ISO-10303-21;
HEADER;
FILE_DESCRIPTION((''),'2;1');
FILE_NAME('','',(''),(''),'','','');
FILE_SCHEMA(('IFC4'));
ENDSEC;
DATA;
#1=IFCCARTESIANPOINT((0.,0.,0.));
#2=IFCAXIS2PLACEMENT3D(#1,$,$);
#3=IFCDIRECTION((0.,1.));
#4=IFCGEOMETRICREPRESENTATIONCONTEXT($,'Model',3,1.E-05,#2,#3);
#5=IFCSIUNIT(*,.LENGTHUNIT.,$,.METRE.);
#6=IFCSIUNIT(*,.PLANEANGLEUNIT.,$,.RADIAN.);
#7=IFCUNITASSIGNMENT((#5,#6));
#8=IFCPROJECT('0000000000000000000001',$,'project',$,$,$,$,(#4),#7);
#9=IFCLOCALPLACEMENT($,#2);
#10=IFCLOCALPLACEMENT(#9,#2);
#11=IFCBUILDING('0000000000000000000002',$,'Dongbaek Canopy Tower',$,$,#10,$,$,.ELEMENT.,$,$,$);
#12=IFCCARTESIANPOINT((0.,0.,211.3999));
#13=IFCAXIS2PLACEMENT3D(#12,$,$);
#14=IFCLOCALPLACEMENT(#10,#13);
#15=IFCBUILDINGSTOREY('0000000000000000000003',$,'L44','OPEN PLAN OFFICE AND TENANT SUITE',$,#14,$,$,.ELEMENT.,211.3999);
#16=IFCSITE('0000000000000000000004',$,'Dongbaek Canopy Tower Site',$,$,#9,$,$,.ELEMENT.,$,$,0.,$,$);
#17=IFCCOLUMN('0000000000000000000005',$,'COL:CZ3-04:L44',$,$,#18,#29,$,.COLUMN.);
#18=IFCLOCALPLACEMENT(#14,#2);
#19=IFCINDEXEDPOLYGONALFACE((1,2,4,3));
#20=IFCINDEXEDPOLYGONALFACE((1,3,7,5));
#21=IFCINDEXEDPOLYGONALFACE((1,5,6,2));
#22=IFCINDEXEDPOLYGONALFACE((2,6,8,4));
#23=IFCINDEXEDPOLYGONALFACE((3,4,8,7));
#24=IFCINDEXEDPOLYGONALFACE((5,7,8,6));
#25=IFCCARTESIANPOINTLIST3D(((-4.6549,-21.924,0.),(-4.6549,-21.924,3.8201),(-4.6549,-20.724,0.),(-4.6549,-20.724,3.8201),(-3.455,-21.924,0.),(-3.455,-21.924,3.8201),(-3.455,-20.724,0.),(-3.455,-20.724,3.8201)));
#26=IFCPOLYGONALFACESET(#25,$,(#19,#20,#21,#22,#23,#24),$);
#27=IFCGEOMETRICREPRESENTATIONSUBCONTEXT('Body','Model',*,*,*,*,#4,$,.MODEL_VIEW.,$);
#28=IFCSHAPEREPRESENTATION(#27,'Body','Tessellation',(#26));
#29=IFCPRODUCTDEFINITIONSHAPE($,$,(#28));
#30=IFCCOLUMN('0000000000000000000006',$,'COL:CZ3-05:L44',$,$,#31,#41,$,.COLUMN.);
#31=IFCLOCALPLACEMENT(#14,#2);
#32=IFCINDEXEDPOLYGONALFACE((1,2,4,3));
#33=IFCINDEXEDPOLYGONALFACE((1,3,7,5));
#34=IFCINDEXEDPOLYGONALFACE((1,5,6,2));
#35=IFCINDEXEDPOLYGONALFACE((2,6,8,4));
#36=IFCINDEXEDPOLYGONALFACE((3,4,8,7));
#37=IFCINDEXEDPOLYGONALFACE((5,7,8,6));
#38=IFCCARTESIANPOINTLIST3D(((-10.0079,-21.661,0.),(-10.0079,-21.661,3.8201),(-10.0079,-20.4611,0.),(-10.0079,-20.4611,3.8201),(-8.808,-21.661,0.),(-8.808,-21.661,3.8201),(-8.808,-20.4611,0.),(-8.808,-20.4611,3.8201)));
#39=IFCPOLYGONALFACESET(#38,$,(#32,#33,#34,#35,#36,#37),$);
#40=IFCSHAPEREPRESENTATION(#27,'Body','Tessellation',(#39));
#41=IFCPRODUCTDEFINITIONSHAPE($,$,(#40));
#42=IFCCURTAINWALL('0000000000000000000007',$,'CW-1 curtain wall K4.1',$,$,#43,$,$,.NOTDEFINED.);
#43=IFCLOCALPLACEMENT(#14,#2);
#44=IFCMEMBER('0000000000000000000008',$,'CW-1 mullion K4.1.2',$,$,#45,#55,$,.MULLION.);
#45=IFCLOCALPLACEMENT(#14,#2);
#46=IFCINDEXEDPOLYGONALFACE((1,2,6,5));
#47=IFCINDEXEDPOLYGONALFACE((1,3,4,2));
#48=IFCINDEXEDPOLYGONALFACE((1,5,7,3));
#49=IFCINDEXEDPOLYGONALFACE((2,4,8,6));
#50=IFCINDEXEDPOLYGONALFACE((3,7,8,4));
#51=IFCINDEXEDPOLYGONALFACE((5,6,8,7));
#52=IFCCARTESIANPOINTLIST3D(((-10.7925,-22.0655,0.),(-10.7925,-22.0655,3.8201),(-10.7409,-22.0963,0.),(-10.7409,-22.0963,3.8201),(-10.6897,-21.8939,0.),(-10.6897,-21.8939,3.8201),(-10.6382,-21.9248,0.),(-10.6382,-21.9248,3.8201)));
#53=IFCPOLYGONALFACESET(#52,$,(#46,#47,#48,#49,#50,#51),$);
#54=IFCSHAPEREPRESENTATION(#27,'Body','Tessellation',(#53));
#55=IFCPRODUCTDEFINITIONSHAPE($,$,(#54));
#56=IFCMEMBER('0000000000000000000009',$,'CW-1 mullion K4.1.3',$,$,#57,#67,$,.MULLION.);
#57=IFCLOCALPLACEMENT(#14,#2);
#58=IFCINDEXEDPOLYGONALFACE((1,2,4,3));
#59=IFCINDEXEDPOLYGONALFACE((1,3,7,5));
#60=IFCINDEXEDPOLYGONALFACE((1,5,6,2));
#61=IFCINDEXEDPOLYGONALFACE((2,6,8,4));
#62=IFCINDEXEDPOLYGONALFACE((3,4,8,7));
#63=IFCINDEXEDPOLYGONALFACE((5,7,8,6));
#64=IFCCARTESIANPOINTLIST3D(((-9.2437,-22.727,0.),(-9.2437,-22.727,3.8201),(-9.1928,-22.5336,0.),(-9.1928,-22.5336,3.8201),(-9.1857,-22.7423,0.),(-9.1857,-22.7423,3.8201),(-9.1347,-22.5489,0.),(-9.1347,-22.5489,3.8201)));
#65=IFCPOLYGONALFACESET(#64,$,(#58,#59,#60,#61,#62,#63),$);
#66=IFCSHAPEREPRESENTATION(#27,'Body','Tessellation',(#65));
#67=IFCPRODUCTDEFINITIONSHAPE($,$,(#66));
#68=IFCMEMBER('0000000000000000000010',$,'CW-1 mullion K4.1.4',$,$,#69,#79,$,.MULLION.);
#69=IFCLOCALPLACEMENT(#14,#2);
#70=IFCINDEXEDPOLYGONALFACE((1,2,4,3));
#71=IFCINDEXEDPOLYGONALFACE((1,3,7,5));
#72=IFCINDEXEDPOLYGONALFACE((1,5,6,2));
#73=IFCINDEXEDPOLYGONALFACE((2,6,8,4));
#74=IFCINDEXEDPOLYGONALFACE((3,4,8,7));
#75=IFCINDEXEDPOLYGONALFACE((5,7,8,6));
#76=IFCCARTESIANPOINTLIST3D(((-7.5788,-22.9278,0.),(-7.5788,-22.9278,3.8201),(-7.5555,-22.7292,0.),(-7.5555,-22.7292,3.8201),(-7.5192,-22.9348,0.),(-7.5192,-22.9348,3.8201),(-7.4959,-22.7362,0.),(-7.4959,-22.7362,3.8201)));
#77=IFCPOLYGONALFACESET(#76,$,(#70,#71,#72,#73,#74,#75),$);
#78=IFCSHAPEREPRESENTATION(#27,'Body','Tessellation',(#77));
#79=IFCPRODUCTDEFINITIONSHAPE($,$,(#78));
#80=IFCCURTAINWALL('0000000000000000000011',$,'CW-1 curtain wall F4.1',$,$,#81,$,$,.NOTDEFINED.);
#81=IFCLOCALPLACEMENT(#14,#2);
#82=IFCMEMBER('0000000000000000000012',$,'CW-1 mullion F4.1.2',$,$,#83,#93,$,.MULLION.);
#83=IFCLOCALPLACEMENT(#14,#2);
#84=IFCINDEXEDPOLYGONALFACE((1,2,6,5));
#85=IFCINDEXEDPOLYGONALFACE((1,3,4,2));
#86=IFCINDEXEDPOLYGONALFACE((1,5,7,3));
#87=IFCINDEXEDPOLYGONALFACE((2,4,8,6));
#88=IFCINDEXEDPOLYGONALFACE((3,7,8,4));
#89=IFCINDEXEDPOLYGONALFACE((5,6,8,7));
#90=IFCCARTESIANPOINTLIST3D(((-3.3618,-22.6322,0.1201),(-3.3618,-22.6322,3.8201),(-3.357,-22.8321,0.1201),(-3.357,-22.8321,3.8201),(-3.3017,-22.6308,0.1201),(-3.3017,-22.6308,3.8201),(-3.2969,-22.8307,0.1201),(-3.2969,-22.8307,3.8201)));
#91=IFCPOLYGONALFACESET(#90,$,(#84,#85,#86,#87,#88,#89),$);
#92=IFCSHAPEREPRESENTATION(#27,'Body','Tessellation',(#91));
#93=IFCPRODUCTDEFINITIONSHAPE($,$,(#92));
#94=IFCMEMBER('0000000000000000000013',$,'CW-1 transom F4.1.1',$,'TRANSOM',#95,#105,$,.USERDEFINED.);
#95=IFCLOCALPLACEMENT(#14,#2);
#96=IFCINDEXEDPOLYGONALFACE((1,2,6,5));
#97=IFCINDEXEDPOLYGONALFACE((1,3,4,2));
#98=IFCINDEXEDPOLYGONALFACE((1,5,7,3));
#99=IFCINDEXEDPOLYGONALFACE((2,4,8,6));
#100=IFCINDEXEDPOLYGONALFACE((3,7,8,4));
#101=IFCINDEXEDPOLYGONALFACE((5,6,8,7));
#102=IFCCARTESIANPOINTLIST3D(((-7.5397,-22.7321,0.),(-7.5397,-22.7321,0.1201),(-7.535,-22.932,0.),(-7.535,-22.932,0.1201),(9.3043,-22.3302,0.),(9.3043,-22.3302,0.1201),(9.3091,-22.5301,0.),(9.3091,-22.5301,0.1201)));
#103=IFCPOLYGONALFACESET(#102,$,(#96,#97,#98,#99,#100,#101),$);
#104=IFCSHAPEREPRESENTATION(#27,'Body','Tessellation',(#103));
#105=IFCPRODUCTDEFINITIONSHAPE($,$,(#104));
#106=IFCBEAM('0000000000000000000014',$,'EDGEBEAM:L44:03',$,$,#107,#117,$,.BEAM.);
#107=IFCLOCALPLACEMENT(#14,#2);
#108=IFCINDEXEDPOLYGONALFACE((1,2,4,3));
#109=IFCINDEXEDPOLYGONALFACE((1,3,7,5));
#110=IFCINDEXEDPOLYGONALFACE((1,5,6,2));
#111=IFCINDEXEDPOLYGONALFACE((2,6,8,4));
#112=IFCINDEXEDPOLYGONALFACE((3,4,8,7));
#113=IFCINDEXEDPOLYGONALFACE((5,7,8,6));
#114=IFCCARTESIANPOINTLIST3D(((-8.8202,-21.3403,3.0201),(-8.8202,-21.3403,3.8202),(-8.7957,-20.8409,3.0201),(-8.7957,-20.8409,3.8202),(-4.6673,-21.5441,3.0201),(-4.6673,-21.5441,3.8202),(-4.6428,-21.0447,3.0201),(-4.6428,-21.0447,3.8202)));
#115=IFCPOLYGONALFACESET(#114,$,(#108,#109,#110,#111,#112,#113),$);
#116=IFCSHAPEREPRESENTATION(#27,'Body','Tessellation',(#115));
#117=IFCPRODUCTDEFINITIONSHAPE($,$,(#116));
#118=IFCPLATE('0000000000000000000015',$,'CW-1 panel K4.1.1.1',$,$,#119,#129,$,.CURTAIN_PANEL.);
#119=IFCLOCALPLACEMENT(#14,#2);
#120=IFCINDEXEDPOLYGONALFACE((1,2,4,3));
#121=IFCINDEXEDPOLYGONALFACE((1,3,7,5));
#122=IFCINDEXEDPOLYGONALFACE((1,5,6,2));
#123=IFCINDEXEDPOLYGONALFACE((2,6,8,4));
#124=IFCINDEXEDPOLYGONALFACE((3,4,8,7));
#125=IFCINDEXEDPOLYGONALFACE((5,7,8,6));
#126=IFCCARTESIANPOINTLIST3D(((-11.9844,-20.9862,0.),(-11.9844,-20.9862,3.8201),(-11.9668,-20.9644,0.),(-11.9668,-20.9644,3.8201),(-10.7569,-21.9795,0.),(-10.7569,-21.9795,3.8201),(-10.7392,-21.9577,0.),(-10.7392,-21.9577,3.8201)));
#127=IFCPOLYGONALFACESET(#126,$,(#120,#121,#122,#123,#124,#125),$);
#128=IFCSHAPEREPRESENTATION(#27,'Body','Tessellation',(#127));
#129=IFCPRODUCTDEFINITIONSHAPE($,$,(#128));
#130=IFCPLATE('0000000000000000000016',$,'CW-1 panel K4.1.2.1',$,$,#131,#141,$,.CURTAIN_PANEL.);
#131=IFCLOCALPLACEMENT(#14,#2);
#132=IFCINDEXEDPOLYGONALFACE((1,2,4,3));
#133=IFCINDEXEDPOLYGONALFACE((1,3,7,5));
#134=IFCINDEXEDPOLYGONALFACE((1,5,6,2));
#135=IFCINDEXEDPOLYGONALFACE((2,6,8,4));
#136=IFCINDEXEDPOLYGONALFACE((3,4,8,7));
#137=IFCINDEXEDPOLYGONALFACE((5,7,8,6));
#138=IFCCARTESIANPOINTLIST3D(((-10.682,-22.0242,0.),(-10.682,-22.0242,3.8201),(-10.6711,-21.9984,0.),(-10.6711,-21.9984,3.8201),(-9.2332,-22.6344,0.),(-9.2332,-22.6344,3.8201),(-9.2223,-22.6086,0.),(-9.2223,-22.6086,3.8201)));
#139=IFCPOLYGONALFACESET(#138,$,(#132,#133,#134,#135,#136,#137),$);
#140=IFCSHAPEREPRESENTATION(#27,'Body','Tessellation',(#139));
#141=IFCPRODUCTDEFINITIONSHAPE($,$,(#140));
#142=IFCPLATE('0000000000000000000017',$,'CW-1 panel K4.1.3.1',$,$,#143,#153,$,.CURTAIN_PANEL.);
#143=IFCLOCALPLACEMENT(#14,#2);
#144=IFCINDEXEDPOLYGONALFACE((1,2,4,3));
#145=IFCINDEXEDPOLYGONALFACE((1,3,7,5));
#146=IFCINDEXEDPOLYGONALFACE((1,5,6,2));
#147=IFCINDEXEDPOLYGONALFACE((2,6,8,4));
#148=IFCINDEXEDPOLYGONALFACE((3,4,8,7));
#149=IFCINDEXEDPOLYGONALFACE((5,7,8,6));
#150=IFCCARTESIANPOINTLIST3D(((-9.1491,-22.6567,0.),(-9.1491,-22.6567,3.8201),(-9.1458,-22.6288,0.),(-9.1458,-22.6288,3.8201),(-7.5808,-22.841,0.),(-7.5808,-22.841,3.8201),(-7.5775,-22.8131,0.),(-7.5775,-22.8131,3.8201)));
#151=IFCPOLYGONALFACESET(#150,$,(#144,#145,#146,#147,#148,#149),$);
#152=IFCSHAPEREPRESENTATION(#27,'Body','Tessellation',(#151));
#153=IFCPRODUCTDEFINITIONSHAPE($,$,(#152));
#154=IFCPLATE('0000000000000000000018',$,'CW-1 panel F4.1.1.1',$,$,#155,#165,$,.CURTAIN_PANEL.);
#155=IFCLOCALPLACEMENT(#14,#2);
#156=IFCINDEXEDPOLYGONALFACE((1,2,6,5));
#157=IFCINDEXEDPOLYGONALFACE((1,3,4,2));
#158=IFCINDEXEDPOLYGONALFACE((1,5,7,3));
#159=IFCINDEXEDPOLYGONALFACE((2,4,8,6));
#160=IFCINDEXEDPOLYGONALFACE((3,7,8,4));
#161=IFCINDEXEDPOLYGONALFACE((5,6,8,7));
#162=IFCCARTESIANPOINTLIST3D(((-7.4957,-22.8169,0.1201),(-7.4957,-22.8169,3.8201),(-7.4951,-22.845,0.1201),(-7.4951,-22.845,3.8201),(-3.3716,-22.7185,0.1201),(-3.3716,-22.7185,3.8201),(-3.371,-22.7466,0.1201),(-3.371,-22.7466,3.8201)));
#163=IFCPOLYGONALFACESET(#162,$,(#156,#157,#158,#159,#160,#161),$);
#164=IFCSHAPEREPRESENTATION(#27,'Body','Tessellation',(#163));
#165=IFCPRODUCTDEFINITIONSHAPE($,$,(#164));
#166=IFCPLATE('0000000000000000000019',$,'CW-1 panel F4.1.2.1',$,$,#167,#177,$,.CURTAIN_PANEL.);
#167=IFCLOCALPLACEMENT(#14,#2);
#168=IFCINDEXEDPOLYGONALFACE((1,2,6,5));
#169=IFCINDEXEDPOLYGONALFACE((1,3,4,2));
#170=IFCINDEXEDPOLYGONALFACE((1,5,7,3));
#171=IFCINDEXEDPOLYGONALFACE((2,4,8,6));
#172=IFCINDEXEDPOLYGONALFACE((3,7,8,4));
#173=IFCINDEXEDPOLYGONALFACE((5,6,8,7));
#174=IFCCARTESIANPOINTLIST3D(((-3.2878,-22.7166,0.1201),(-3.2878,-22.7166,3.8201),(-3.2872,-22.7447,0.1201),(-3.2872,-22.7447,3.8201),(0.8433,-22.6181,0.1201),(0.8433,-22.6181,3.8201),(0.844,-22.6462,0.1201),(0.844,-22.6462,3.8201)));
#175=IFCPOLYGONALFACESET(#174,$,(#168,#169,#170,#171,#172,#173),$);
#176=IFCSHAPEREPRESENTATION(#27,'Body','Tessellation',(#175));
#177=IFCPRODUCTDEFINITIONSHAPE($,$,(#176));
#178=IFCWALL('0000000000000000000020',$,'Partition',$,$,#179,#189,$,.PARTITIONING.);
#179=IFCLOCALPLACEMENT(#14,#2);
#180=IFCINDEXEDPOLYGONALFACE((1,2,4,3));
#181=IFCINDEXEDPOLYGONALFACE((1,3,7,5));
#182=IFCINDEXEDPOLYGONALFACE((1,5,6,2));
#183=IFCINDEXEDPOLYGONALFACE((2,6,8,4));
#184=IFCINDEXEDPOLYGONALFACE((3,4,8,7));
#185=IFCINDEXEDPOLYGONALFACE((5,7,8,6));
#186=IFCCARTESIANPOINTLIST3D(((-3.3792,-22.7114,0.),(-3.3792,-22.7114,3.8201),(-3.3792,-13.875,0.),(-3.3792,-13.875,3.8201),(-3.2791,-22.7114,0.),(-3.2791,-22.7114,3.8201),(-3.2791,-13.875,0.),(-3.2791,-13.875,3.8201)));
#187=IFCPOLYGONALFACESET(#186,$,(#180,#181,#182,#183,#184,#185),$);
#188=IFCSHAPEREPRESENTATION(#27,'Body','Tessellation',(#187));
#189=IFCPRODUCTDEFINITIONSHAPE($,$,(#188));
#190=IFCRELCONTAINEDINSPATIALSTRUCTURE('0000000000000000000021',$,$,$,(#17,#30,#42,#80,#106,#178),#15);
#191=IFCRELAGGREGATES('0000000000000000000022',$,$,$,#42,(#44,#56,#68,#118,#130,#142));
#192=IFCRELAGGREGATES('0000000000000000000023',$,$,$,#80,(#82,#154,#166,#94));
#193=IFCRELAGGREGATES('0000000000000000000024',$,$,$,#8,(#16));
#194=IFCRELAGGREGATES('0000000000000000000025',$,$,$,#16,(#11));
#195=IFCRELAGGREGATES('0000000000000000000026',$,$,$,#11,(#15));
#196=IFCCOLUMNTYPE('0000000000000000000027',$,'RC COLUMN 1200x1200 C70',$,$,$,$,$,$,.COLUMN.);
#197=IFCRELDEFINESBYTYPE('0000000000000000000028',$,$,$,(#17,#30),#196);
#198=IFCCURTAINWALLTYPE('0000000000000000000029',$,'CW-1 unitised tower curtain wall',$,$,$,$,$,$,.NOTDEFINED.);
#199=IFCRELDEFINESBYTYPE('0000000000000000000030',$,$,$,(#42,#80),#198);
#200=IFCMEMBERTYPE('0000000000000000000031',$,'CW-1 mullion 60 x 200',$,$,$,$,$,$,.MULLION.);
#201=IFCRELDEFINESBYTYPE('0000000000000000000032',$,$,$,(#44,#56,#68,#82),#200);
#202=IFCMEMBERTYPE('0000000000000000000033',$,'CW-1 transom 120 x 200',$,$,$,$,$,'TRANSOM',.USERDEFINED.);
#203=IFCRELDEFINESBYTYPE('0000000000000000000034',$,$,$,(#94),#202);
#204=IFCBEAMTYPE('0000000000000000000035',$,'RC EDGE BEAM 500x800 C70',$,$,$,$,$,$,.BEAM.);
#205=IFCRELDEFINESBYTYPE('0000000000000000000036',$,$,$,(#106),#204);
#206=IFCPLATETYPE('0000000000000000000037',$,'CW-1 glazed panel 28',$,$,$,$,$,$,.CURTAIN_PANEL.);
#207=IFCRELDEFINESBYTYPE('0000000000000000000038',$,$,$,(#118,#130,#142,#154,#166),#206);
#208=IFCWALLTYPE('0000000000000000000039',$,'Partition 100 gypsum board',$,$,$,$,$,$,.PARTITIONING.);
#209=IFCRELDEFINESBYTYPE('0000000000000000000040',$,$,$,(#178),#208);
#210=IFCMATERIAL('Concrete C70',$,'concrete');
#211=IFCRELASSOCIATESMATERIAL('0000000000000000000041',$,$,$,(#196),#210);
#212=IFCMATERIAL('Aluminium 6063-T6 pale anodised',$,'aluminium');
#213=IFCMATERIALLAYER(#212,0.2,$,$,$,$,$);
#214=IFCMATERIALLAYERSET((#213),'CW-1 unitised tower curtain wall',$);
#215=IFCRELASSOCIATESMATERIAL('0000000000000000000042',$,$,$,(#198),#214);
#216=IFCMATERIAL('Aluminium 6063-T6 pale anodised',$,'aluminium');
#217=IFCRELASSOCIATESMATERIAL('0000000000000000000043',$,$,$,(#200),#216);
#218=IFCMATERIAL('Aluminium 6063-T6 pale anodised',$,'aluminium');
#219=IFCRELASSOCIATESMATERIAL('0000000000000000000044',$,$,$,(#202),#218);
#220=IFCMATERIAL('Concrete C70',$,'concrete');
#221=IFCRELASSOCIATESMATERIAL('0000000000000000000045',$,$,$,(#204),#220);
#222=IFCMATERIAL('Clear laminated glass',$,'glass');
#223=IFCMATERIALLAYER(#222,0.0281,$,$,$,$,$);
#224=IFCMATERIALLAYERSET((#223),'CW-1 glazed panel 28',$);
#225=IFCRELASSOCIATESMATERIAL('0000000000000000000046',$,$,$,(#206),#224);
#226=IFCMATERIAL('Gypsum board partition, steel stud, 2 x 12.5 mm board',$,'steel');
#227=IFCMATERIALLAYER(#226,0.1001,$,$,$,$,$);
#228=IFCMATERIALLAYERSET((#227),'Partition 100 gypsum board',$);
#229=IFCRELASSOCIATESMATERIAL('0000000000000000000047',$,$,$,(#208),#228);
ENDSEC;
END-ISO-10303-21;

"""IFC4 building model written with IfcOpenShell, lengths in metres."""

from ifc_helpers import new_model, si_unit, direction, frame, frame_2d, origin, origin_2d, place, context, subcontext, project, spatial, rectangle, extrude, material, layer, layer_set, material_profile, profile_set, type_object, element, aggregate, save


model = new_model("IFC4")

# Units and contexts
model_context = context("Model", 3, precision=1e-05, world=origin(), true_north=direction((0.0, 1.0)))
body_context = subcontext(model_context, "Body", "Model", "MODEL_VIEW")
ifc_project = project(units=[si_unit("LENGTHUNIT", "METRE"), si_unit("PLANEANGLEUNIT", "RADIAN")], contexts=[model_context])

# Site, building, storey
site_placement = place(None, origin())
site = spatial("IfcSite", under=ifc_project, at=site_placement, Name="Dongbaek Canopy Tower Site", CompositionType="ELEMENT", RefElevation=0.0)
building_placement = place(site_placement, origin())
building = spatial("IfcBuilding", under=site, at=building_placement, Name="Dongbaek Canopy Tower", CompositionType="ELEMENT")
storey_placement = place(building_placement, frame((0.0, 0.0, 211.3999)))
storey = spatial("IfcBuildingStorey", under=building, at=storey_placement, Name="L44", Description="OPEN PLAN OFFICE AND TENANT SUITE", CompositionType="ELEMENT", Elevation=211.3999)

# Columns
ifc_material_1 = material(Name="Concrete C70", Category="concrete")
ifc_material_profile_1 = material_profile(ifc_material_1, rectangle(XDim=1.2, YDim=1.2, at=origin_2d()), Name="RC COLUMN 1200x1200 C70")
ifc_profile_set_1 = profile_set([ifc_material_profile_1], Name="Concrete C70")
column_type = type_object("IfcColumnType", Name="RC COLUMN 1200x1200 C70", PredefinedType="COLUMN", material=ifc_profile_set_1)
for number, where, z_axis, x_axis, name in (
    (1, (-4.0549, -21.324, 0.0), (0.0, 0.0, 1.0), (1.0, 0.0, 0.0), "COL:CZ3-04:L44"),
    (2, (-9.408, -21.061, 0.0), (0.0, 0.0, 1.0), (1.0, 0.0, 0.0), "COL:CZ3-05:L44"),
):
    element("IfcColumn", number, at=place(storey_placement, frame(where, z_axis=z_axis, x_axis=x_axis)), inside=storey, type_object=column_type, Name=name, PredefinedType="COLUMN", context=body_context, shape_type="SweptSolid", body=[
        extrude(rectangle(XDim=1.2, YDim=1.2, at=origin_2d()), origin(), (0.0, 0.0, 1.0), 3.8201),
    ])

# Curtain walls, members
ifc_material_2 = material(Name="Aluminium 6063-T6 pale anodised", Category="aluminium")
ifc_layer_1 = layer(ifc_material_2, 0.2)
ifc_layer_set_1 = layer_set([ifc_layer_1], Name="CW-1 unitised tower curtain wall")
curtain_wall_type = type_object("IfcCurtainWallType", Name="CW-1 unitised tower curtain wall", PredefinedType="NOTDEFINED", material=ifc_layer_set_1)
curtain_wall_1_placement = place(storey_placement, origin())
curtain_wall_1 = element("IfcCurtainWall", 3, at=curtain_wall_1_placement, inside=storey, type_object=curtain_wall_type, Name="CW-1 curtain wall K4.1", PredefinedType="NOTDEFINED")
ifc_material_3 = material(Name="Aluminium 6063-T6 pale anodised", Category="aluminium")
ifc_material_profile_2 = material_profile(ifc_material_3, rectangle(XDim=0.2, YDim=0.0601, at=origin_2d()), Name="CW-1 mullion 60 x 200")
ifc_profile_set_2 = profile_set([ifc_material_profile_2], Name="Aluminium 6063-T6 pale anodised")
member_type_1 = type_object("IfcMemberType", Name="CW-1 mullion 60 x 200", PredefinedType="MULLION", material=ifc_profile_set_2)
member_1_placement = place(storey_placement, frame((-10.7153, -21.9951, 0.0), z_axis=(0.0, 0.0, 1.0), x_axis=(-0.513679, -0.857983, 0.0)))
member_1 = element("IfcMember", 4, at=member_1_placement, type_object=member_type_1, Name="CW-1 mullion K4.1.2", PredefinedType="MULLION", context=body_context, shape_type="SweptSolid", body=[
    extrude(rectangle(XDim=0.2, YDim=0.0601, at=origin_2d()), origin(), (0.0, 0.0, 1.0), 3.8201),
])
member_2_placement = place(storey_placement, frame((-9.1892, -22.6379, 0.0), z_axis=(0.0, 0.0, 1.0), x_axis=(-0.254962, -0.966951, 0.0)))
member_2 = element("IfcMember", 5, at=member_2_placement, type_object=member_type_1, Name="CW-1 mullion K4.1.3", PredefinedType="MULLION", context=body_context, shape_type="SweptSolid", body=[
    extrude(rectangle(XDim=0.2, YDim=0.0601, at=origin_2d()), origin(), (0.0, 0.0, 1.0), 3.8201),
])
member_3_placement = place(storey_placement, frame((-7.5374, -22.832, 0.0), z_axis=(0.0, 0.0, 1.0), x_axis=(-0.116712, -0.993166, 0.0)))
member_3 = element("IfcMember", 6, at=member_3_placement, type_object=member_type_1, Name="CW-1 mullion K4.1.4", PredefinedType="MULLION", context=body_context, shape_type="SweptSolid", body=[
    extrude(rectangle(XDim=0.2, YDim=0.0601, at=origin_2d()), origin(), (0.0, 0.0, 1.0), 3.8201),
])
curtain_wall_2_placement = place(storey_placement, origin())
curtain_wall_2 = element("IfcCurtainWall", 7, at=curtain_wall_2_placement, inside=storey, type_object=curtain_wall_type, Name="CW-1 curtain wall F4.1", PredefinedType="NOTDEFINED")
member_4_placement = place(storey_placement, frame((-3.3293, -22.7314, 0.1201), z_axis=(0.0, 0.0, 1.0), x_axis=(0.023849, -0.999716, 0.0)))
member_4 = element("IfcMember", 8, at=member_4_placement, type_object=member_type_1, Name="CW-1 mullion F4.1.2", PredefinedType="MULLION", context=body_context, shape_type="SweptSolid", body=[
    extrude(rectangle(XDim=0.2, YDim=0.0601, at=origin_2d()), origin(), (0.0, 0.0, 1.0), 3.7),
])
ifc_material_4 = material(Name="Aluminium 6063-T6 pale anodised", Category="aluminium")
ifc_material_profile_3 = material_profile(ifc_material_4, rectangle(XDim=0.2, YDim=0.1201, at=origin_2d()), Name="CW-1 transom 120 x 200")
ifc_profile_set_3 = profile_set([ifc_material_profile_3], Name="Aluminium 6063-T6 pale anodised")
member_type_2 = type_object("IfcMemberType", Name="CW-1 transom 120 x 200", ElementType="TRANSOM", PredefinedType="USERDEFINED", material=ifc_profile_set_3)
member_5_placement = place(storey_placement, frame((-7.5374, -22.832, 0.0601), z_axis=(0.999716, 0.023851, 0.0), x_axis=(-0.023851, 0.999716, 0.0)))
member_5 = element("IfcMember", 9, at=member_5_placement, type_object=member_type_2, Name="CW-1 transom F4.1.1", ObjectType="TRANSOM", PredefinedType="USERDEFINED", context=body_context, shape_type="SweptSolid", body=[
    extrude(rectangle(XDim=0.2, YDim=0.1201, at=origin_2d()), origin(), (0.0, 0.0, 1.0), 16.8489),
])

# Beam
ifc_material_5 = material(Name="Concrete C70", Category="concrete")
ifc_material_profile_4 = material_profile(ifc_material_5, rectangle(XDim=0.5, YDim=0.8, at=origin_2d()), Name="RC EDGE BEAM 500x800 C70")
ifc_profile_set_4 = profile_set([ifc_material_profile_4], Name="Concrete C70")
beam_type = type_object("IfcBeamType", Name="RC EDGE BEAM 500x800 C70", PredefinedType="BEAM", material=ifc_profile_set_4)
beam_placement = place(storey_placement, frame((-4.655, -21.2944, 3.4202), z_axis=(-0.998797, 0.049027, 0.0), x_axis=(-0.049027, -0.998797, 0.0)))
element("IfcBeam", 10, at=beam_placement, inside=storey, type_object=beam_type, Name="EDGEBEAM:L44:03", PredefinedType="BEAM", context=body_context, shape_type="SweptSolid", body=[
    extrude(rectangle(XDim=0.5, YDim=0.8, at=origin_2d()), origin(), (0.0, 0.0, 1.0), 4.158),
])

# Plates
ifc_material_6 = material(Name="Clear laminated glass", Category="glass")
ifc_layer_2 = layer(ifc_material_6, 0.0281)
ifc_layer_set_2 = layer_set([ifc_layer_2], Name="CW-1 glazed panel 28")
plate_type = type_object("IfcPlateType", Name="CW-1 glazed panel 28", PredefinedType="CURTAIN_PANEL", material=ifc_layer_set_2)
plate_1_placement = place(storey_placement, frame((-11.3618, -21.4719, 0.0), z_axis=(0.0, 0.0, 1.0), x_axis=(0.777386, -0.629024, 0.0)))
plate_1 = element("IfcPlate", 11, at=plate_1_placement, type_object=plate_type, Name="CW-1 panel K4.1.1.1", PredefinedType="CURTAIN_PANEL", context=body_context, shape_type="SweptSolid", body=[
    extrude(rectangle(XDim=1.5791, YDim=0.0281, at=origin_2d()), origin(), (0.0, 0.0, 1.0), 3.8201),
])
plate_2_placement = place(storey_placement, frame((-9.9521, -22.3164, 0.0), z_axis=(0.0, 0.0, 1.0), x_axis=(0.921591, -0.388163, 0.0)))
plate_2 = element("IfcPlate", 12, at=plate_2_placement, type_object=plate_type, Name="CW-1 panel K4.1.2.1", PredefinedType="CURTAIN_PANEL", context=body_context, shape_type="SweptSolid", body=[
    extrude(rectangle(XDim=1.572, YDim=0.0281, at=origin_2d()), origin(), (0.0, 0.0, 1.0), 3.8201),
])
plate_3_placement = place(storey_placement, frame((-8.3633, -22.7349, 0.0), z_axis=(0.0, 0.0, 1.0), x_axis=(0.993166, -0.116712, 0.0)))
plate_3 = element("IfcPlate", 13, at=plate_3_placement, type_object=plate_type, Name="CW-1 panel K4.1.3.1", PredefinedType="CURTAIN_PANEL", context=body_context, shape_type="SweptSolid", body=[
    extrude(rectangle(XDim=1.5791, YDim=0.0281, at=origin_2d()), origin(), (0.0, 0.0, 1.0), 3.8201),
])
plate_4_placement = place(storey_placement, frame((-5.4333, -22.7817, 0.1201), z_axis=(0.0, 0.0, 1.0), x_axis=(0.999716, 0.023849, 0.0)))
plate_4 = element("IfcPlate", 14, at=plate_4_placement, type_object=plate_type, Name="CW-1 panel F4.1.1.1", PredefinedType="CURTAIN_PANEL", context=body_context, shape_type="SweptSolid", body=[
    extrude(rectangle(XDim=4.1252, YDim=0.0281, at=origin_2d()), origin(), (0.0, 0.0, 1.0), 3.7),
])
plate_5_placement = place(storey_placement, frame((-1.2219, -22.6814, 0.1201), z_axis=(0.0, 0.0, 1.0), x_axis=(0.999716, 0.023849, 0.0)))
plate_5 = element("IfcPlate", 15, at=plate_5_placement, type_object=plate_type, Name="CW-1 panel F4.1.2.1", PredefinedType="CURTAIN_PANEL", context=body_context, shape_type="SweptSolid", body=[
    extrude(rectangle(XDim=4.1323, YDim=0.0281, at=origin_2d()), origin(), (0.0, 0.0, 1.0), 3.7),
])

# Wall
ifc_material_7 = material(Name="Gypsum board partition, steel stud, 2 x 12.5 mm board", Category="steel")
ifc_layer_3 = layer(ifc_material_7, 0.1001)
ifc_layer_set_3 = layer_set([ifc_layer_3], Name="Partition 100 gypsum board")
wall_type = type_object("IfcWallType", Name="Partition 100 gypsum board", PredefinedType="PARTITIONING", material=ifc_layer_set_3)
wall_placement = place(storey_placement, frame((-3.3291, -22.7114, 0.0), z_axis=(0.0, 0.0, 1.0), x_axis=(0.0, 1.0, 0.0)))
element("IfcWall", 16, at=wall_placement, inside=storey, type_object=wall_type, Name="Partition", PredefinedType="PARTITIONING", context=body_context, shape_type="SweptSolid", body=[
    extrude(rectangle(XDim=8.8364, YDim=0.1001, at=frame_2d((4.4182, 0.0))), origin(), (0.0, 0.0, 1.0), 3.8201),
])

aggregate(curtain_wall_1, [member_1, member_2, member_3, plate_1, plate_2, plate_3])

aggregate(curtain_wall_2, [member_4, plate_4, plate_5, member_5])

save(model, "model.ifc")
